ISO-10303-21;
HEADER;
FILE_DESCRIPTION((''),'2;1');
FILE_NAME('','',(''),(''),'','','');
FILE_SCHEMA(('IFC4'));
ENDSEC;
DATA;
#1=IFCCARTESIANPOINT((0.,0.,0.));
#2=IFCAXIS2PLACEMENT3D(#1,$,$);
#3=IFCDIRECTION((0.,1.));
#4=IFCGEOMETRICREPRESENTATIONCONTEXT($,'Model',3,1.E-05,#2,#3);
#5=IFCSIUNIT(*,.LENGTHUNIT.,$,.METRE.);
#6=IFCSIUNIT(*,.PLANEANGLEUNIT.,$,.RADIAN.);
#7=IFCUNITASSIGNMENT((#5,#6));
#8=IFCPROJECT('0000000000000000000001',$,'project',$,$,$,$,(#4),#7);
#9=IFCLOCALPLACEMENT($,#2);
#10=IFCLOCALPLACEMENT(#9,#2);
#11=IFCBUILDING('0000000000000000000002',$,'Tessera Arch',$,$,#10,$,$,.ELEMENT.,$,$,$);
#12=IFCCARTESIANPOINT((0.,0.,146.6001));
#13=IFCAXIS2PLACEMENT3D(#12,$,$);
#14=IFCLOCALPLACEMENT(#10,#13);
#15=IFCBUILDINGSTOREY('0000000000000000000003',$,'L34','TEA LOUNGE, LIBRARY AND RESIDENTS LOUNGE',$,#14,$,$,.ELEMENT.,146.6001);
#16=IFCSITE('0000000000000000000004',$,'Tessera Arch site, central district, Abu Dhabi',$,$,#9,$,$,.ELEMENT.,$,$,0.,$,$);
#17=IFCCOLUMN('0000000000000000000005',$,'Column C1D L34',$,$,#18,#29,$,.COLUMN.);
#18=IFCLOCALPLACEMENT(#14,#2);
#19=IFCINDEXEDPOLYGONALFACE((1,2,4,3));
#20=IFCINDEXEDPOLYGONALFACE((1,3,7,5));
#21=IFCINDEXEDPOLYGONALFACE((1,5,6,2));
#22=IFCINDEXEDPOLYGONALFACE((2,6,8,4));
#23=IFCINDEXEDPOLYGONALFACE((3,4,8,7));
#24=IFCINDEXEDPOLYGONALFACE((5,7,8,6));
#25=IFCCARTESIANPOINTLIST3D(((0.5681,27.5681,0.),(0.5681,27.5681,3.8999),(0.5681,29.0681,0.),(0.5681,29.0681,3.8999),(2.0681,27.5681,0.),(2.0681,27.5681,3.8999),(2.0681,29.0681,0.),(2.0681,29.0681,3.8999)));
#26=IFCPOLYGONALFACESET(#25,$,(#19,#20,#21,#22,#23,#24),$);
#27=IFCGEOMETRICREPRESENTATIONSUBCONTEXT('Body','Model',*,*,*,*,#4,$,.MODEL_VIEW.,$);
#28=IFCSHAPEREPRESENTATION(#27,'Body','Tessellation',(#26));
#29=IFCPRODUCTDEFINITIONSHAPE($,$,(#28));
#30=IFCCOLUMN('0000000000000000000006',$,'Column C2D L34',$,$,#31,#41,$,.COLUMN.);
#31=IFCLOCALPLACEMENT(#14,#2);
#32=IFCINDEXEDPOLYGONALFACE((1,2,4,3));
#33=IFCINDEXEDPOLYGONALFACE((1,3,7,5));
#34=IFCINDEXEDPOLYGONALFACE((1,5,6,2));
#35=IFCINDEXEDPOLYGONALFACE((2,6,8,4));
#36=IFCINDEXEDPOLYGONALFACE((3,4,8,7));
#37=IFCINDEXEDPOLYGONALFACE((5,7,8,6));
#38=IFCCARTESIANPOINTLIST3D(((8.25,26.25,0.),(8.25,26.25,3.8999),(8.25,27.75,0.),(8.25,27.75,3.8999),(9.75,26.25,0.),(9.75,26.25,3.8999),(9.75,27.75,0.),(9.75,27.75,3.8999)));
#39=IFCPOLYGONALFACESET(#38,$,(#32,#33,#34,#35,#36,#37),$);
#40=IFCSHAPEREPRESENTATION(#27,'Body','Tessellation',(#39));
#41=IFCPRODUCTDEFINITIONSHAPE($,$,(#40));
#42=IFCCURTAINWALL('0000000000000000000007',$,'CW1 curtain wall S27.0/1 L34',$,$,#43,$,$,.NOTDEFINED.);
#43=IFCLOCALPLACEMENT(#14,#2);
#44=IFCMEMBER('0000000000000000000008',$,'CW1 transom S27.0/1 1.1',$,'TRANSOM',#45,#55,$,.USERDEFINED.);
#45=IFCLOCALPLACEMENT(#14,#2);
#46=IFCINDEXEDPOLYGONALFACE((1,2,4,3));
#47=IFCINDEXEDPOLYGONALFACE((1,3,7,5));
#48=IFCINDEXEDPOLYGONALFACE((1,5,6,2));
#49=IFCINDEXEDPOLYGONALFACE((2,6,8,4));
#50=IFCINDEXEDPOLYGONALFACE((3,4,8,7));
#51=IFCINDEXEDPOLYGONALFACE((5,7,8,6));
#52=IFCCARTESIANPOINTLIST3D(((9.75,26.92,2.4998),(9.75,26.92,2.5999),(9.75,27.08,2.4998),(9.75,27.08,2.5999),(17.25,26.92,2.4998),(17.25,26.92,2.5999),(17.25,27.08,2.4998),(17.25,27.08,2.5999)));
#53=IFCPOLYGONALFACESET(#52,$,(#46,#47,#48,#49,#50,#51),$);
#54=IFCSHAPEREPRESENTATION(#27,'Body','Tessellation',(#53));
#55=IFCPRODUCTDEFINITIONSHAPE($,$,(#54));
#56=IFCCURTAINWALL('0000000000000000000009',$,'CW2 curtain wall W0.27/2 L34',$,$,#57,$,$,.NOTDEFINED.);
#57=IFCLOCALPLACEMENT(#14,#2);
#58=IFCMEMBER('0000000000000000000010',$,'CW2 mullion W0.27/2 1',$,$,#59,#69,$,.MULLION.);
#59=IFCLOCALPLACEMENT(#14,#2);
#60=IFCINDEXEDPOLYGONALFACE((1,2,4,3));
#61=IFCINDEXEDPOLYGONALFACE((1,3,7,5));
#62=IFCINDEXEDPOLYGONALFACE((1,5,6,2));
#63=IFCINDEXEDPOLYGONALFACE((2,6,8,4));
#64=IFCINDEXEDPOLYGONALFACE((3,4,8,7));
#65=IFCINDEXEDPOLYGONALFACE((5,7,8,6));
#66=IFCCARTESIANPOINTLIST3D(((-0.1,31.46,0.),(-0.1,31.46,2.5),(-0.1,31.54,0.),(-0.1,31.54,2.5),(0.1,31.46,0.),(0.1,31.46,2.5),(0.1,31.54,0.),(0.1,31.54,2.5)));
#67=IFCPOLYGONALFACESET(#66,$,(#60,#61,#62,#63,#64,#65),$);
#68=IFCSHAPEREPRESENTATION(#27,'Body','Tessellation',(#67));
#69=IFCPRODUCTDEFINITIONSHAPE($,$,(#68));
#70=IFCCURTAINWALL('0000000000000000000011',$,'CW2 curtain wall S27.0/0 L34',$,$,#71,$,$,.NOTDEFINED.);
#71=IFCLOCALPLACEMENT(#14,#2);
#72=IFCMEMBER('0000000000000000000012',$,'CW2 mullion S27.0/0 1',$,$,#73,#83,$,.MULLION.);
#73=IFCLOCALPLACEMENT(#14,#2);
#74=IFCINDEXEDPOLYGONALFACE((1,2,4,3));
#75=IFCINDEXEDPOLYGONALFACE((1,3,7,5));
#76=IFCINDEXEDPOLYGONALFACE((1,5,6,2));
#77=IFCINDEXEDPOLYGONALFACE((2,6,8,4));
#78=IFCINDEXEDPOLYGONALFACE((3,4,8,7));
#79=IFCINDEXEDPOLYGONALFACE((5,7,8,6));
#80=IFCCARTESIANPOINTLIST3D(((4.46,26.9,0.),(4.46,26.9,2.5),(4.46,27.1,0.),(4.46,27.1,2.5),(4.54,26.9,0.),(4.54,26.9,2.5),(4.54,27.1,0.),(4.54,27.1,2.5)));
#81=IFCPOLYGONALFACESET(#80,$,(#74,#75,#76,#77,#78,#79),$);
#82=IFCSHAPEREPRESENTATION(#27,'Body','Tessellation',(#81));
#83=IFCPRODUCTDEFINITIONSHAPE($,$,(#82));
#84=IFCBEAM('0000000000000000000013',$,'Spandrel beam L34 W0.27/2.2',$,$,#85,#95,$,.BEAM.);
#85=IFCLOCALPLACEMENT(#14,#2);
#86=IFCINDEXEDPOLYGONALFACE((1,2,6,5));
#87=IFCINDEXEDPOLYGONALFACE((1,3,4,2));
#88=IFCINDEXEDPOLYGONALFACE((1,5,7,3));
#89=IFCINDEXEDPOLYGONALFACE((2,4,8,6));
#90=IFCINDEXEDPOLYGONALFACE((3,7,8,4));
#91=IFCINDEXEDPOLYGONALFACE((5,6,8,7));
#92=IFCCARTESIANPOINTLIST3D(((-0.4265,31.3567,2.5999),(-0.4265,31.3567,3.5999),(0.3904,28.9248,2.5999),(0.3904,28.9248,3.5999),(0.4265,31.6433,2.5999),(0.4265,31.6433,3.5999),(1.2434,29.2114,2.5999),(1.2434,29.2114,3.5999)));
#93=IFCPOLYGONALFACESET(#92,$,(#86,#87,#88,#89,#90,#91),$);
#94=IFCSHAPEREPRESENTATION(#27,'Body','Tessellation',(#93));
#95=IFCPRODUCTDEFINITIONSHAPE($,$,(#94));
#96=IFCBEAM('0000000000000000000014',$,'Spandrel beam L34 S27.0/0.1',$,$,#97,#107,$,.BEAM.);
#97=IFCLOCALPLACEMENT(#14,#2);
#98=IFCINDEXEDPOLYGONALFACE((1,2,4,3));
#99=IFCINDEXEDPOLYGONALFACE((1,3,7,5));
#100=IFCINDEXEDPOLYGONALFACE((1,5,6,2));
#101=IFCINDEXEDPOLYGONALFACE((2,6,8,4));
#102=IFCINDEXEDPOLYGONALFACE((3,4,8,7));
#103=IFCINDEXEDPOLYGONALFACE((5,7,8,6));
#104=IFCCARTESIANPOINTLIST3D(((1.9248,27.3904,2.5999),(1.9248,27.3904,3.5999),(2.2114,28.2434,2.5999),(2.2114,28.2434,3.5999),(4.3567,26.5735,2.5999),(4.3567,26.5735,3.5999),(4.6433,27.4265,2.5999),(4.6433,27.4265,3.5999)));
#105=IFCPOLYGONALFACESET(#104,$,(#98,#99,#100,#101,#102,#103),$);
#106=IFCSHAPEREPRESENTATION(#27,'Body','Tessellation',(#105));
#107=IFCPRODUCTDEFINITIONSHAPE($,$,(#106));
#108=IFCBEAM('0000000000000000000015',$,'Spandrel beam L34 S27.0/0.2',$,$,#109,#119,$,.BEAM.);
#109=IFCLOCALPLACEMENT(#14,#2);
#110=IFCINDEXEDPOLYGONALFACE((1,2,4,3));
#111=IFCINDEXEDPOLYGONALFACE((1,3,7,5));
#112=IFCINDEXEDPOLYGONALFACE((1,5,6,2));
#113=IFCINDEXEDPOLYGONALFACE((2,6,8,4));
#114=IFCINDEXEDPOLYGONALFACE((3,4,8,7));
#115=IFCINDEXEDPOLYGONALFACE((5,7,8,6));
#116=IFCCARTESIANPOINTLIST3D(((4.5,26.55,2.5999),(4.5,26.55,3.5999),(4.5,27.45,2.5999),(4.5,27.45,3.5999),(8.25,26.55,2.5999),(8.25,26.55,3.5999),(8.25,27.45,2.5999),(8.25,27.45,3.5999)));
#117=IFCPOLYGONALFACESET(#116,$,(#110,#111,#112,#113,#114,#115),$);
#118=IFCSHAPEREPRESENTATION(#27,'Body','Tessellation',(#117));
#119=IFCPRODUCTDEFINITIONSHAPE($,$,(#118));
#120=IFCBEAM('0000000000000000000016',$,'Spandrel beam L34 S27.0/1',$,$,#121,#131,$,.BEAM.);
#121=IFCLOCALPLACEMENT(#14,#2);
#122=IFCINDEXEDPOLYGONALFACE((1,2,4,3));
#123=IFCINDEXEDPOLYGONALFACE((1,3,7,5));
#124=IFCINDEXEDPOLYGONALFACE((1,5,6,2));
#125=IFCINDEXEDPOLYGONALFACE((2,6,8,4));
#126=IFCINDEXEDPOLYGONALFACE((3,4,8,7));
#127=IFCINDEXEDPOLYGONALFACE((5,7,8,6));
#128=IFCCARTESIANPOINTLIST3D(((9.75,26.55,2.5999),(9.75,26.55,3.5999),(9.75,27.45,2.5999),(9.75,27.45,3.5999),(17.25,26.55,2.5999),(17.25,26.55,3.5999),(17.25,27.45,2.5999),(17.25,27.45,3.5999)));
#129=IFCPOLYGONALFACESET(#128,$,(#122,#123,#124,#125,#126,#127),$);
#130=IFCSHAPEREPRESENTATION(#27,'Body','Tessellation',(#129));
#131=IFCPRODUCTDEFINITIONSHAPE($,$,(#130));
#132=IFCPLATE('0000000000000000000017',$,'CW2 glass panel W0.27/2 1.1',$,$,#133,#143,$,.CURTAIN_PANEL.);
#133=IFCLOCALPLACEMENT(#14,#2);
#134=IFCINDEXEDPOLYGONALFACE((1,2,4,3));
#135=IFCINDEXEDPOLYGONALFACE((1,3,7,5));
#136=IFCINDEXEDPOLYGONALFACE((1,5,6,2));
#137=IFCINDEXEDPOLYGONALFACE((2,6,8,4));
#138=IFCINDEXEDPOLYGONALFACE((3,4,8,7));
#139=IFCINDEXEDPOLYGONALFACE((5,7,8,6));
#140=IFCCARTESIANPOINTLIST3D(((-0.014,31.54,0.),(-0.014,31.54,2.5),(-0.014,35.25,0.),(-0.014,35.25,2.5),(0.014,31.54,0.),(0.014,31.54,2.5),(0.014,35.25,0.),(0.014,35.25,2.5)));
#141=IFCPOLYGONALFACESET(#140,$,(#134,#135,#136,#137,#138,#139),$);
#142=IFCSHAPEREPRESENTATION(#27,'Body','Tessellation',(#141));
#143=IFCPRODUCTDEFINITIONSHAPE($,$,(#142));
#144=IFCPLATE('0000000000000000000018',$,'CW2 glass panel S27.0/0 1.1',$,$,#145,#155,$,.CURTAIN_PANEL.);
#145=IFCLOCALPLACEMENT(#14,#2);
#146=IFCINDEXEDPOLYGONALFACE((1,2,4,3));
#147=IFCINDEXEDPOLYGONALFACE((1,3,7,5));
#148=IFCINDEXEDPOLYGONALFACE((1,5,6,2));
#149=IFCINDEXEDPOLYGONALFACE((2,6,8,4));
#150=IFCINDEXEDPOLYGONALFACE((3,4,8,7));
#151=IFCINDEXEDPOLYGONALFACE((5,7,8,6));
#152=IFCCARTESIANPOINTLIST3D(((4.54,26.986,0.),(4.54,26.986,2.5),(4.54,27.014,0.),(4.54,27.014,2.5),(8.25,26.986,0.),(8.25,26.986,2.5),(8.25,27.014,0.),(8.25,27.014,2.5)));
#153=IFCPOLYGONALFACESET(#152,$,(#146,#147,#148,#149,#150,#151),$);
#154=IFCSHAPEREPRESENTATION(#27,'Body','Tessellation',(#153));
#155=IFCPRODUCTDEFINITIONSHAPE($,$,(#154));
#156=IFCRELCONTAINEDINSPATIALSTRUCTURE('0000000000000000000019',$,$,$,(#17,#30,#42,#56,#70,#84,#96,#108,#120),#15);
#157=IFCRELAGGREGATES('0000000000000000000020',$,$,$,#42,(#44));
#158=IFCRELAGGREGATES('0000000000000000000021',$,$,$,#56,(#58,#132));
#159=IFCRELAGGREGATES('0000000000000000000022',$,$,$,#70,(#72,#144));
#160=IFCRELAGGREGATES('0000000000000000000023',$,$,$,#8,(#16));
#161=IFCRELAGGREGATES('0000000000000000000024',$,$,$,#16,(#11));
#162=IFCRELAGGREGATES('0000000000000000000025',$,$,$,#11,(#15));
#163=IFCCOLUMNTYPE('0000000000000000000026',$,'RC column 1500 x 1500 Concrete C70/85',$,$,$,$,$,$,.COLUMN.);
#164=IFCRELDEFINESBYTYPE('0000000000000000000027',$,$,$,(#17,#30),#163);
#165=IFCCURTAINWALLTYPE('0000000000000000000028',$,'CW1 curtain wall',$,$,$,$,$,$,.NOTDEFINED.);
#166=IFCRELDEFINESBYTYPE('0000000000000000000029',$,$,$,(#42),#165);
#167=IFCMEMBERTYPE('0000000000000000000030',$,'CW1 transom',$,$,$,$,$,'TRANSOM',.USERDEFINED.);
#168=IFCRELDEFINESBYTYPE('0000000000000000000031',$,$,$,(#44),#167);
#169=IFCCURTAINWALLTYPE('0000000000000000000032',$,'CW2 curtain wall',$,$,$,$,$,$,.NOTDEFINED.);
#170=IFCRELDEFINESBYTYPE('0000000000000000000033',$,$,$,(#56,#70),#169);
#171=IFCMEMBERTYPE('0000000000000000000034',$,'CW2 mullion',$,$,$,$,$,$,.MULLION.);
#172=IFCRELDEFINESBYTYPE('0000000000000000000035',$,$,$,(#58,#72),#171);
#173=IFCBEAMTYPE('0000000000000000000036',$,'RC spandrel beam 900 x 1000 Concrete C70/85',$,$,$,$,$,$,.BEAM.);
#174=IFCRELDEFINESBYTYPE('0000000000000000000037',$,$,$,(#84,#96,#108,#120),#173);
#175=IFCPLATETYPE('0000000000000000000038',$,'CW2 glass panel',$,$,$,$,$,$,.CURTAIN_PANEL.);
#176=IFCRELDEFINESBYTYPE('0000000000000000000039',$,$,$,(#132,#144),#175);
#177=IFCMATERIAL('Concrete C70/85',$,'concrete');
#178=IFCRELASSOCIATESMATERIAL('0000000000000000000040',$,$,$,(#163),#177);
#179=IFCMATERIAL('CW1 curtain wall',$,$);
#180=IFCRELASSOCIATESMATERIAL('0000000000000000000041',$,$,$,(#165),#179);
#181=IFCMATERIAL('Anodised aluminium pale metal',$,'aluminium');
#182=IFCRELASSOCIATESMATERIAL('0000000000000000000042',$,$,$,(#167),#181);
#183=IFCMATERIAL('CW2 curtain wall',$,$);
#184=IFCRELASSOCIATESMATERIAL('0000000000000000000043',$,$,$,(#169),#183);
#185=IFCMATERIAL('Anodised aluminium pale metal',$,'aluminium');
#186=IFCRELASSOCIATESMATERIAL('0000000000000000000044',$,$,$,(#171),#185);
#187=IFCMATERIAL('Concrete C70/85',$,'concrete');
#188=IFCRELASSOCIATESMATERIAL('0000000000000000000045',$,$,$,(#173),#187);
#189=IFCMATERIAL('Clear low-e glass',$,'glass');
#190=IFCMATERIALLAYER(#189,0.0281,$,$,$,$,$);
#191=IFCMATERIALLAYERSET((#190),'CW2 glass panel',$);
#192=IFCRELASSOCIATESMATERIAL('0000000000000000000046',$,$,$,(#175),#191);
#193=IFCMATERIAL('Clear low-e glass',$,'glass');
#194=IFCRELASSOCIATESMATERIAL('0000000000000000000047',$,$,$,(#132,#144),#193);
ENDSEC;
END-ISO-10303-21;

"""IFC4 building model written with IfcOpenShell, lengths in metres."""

from ifc_helpers import new_model, si_unit, direction, frame, origin, origin_2d, place, context, subcontext, project, spatial, rectangle, extrude, material, layer, layer_set, material_profile, profile_set, type_object, element, aggregate, save


model = new_model("IFC4")

# Units and contexts
model_context = context("Model", 3, precision=1e-05, world=origin(), true_north=direction((0.0, 1.0)))
body_context = subcontext(model_context, "Body", "Model", "MODEL_VIEW")
ifc_project = project(units=[si_unit("LENGTHUNIT", "METRE"), si_unit("PLANEANGLEUNIT", "RADIAN")], contexts=[model_context])

# Site, building, storey
site_placement = place(None, origin())
site = spatial("IfcSite", under=ifc_project, at=site_placement, Name="Tessera Arch site, central district, Abu Dhabi", CompositionType="ELEMENT", RefElevation=0.0)
building_placement = place(site_placement, origin())
building = spatial("IfcBuilding", under=site, at=building_placement, Name="Tessera Arch", CompositionType="ELEMENT")
storey_placement = place(building_placement, frame((0.0, 0.0, 146.6001)))
storey = spatial("IfcBuildingStorey", under=building, at=storey_placement, Name="L34", Description="TEA LOUNGE, LIBRARY AND RESIDENTS LOUNGE", CompositionType="ELEMENT", Elevation=146.6001)

# Columns
ifc_material_1 = material(Name="Concrete C70/85", Category="concrete")
ifc_material_profile_1 = material_profile(ifc_material_1, rectangle(XDim=1.5, YDim=1.5, at=origin_2d()), Name="RC column 1500 x 1500 Concrete C70/85")
ifc_profile_set_1 = profile_set([ifc_material_profile_1], Name="Concrete C70/85")
column_type = type_object("IfcColumnType", Name="RC column 1500 x 1500 Concrete C70/85", PredefinedType="COLUMN", material=ifc_profile_set_1)
for number, where, z_axis, x_axis, name in (
    (1, (1.3181, 28.3181, 0.0), (0.0, 0.0, 1.0), (1.0, 0.0, 0.0), "Column C1D L34"),
    (2, (9.0, 27.0, 0.0), (0.0, 0.0, 1.0), (1.0, 0.0, 0.0), "Column C2D L34"),
):
    element("IfcColumn", number, at=place(storey_placement, frame(where, z_axis=z_axis, x_axis=x_axis)), inside=storey, type_object=column_type, Name=name, PredefinedType="COLUMN", context=body_context, shape_type="SweptSolid", body=[
        extrude(rectangle(XDim=1.5, YDim=1.5, at=origin_2d()), origin(), (0.0, 0.0, 1.0), 3.8999),
    ])

# Curtain walls, members
ifc_material_2 = material(Name="CW1 curtain wall")
curtain_wall_type_1 = type_object("IfcCurtainWallType", Name="CW1 curtain wall", PredefinedType="NOTDEFINED", material=ifc_material_2)
curtain_wall_1_placement = place(storey_placement, origin())
curtain_wall_1 = element("IfcCurtainWall", 3, at=curtain_wall_1_placement, inside=storey, type_object=curtain_wall_type_1, Name="CW1 curtain wall S27.0/1 L34", PredefinedType="NOTDEFINED")
ifc_material_3 = material(Name="Anodised aluminium pale metal", Category="aluminium")
ifc_material_profile_2 = material_profile(ifc_material_3, rectangle(XDim=0.1599, YDim=0.1001, at=origin_2d()), Name="AL 160x100")
ifc_profile_set_2 = profile_set([ifc_material_profile_2], Name="Anodised aluminium pale metal")
member_type_1 = type_object("IfcMemberType", Name="CW1 transom", ElementType="TRANSOM", PredefinedType="USERDEFINED", material=ifc_profile_set_2)
member_1_placement = place(storey_placement, frame((9.75, 27.0, 2.5498), z_axis=(1.0, 0.0, 0.0), x_axis=(0.0, 1.0, 0.0)))
member_1 = element("IfcMember", 4, at=member_1_placement, type_object=member_type_1, Name="CW1 transom S27.0/1 1.1", ObjectType="TRANSOM", PredefinedType="USERDEFINED", context=body_context, shape_type="SweptSolid", body=[
    extrude(rectangle(XDim=0.1599, YDim=0.1001, at=origin_2d()), origin(), (0.0, 0.0, 1.0), 7.5),
])
aggregate(curtain_wall_1, [member_1])
ifc_material_4 = material(Name="CW2 curtain wall")
curtain_wall_type_2 = type_object("IfcCurtainWallType", Name="CW2 curtain wall", PredefinedType="NOTDEFINED", material=ifc_material_4)
curtain_wall_2_placement = place(storey_placement, origin())
curtain_wall_2 = element("IfcCurtainWall", 5, at=curtain_wall_2_placement, inside=storey, type_object=curtain_wall_type_2, Name="CW2 curtain wall W0.27/2 L34", PredefinedType="NOTDEFINED")
ifc_material_5 = material(Name="Anodised aluminium pale metal", Category="aluminium")
ifc_material_profile_3 = material_profile(ifc_material_5, rectangle(XDim=0.2, YDim=0.0801, at=origin_2d()), Name="AL 80x200")
ifc_profile_set_3 = profile_set([ifc_material_profile_3], Name="Anodised aluminium pale metal")
member_type_2 = type_object("IfcMemberType", Name="CW2 mullion", PredefinedType="MULLION", material=ifc_profile_set_3)
member_2_placement = place(storey_placement, frame((0.0, 31.5, 0.0), z_axis=(0.0, 0.0, 1.0), x_axis=(1.0, 0.0, 0.0)))
member_2 = element("IfcMember", 6, at=member_2_placement, type_object=member_type_2, Name="CW2 mullion W0.27/2 1", PredefinedType="MULLION", context=body_context, shape_type="SweptSolid", body=[
    extrude(rectangle(XDim=0.2, YDim=0.0801, at=origin_2d()), origin(), (0.0, 0.0, 1.0), 2.5),
])
curtain_wall_3_placement = place(storey_placement, origin())
curtain_wall_3 = element("IfcCurtainWall", 7, at=curtain_wall_3_placement, inside=storey, type_object=curtain_wall_type_2, Name="CW2 curtain wall S27.0/0 L34", PredefinedType="NOTDEFINED")
member_3_placement = place(storey_placement, frame((4.5, 27.0, 0.0), z_axis=(0.0, 0.0, 1.0), x_axis=(0.0, 1.0, 0.0)))
member_3 = element("IfcMember", 8, at=member_3_placement, type_object=member_type_2, Name="CW2 mullion S27.0/0 1", PredefinedType="MULLION", context=body_context, shape_type="SweptSolid", body=[
    extrude(rectangle(XDim=0.2, YDim=0.0801, at=origin_2d()), origin(), (0.0, 0.0, 1.0), 2.5),
])

# Beams
ifc_material_6 = material(Name="Concrete C70/85", Category="concrete")
ifc_material_profile_4 = material_profile(ifc_material_6, rectangle(XDim=0.8999, YDim=1.0, at=origin_2d()), Name="RC spandrel beam 900 x 1000 Concrete C70/85")
ifc_profile_set_4 = profile_set([ifc_material_profile_4], Name="Concrete C70/85")
beam_type = type_object("IfcBeamType", Name="RC spandrel beam 900 x 1000 Concrete C70/85", PredefinedType="BEAM", material=ifc_profile_set_4)
for number, where, z_axis, x_axis, name in (
    (9, (0.0, 31.5, 3.0999), (0.318425, -0.947948, 0.0), (0.947948, 0.318425, 0.0), "Spandrel beam L34 W0.27/2.2"),
    (10, (2.0681, 27.8169, 3.0999), (0.947948, -0.318425, 0.0), (0.318425, 0.947948, 0.0), "Spandrel beam L34 S27.0/0.1"),
):
    element("IfcBeam", number, at=place(storey_placement, frame(where, z_axis=z_axis, x_axis=x_axis)), inside=storey, type_object=beam_type, Name=name, PredefinedType="BEAM", context=body_context, shape_type="SweptSolid", body=[
        extrude(rectangle(XDim=0.8999, YDim=1.0, at=origin_2d()), origin(), (0.0, 0.0, 1.0), 2.5654),
    ])
beam_1_placement = place(storey_placement, frame((4.5, 27.0, 3.0999), z_axis=(1.0, 0.0, 0.0), x_axis=(0.0, 1.0, 0.0)))
element("IfcBeam", 11, at=beam_1_placement, inside=storey, type_object=beam_type, Name="Spandrel beam L34 S27.0/0.2", PredefinedType="BEAM", context=body_context, shape_type="SweptSolid", body=[
    extrude(rectangle(XDim=0.8999, YDim=1.0, at=origin_2d()), origin(), (0.0, 0.0, 1.0), 3.75),
])
beam_2_placement = place(storey_placement, frame((9.75, 27.0, 3.0999), z_axis=(1.0, 0.0, 0.0), x_axis=(0.0, 1.0, 0.0)))
element("IfcBeam", 12, at=beam_2_placement, inside=storey, type_object=beam_type, Name="Spandrel beam L34 S27.0/1", PredefinedType="BEAM", context=body_context, shape_type="SweptSolid", body=[
    extrude(rectangle(XDim=0.8999, YDim=1.0, at=origin_2d()), origin(), (0.0, 0.0, 1.0), 7.5),
])

# Plates
ifc_material_7 = material(Name="Clear low-e glass", Category="glass")
ifc_material_8 = material(Name="Clear low-e glass", Category="glass")
ifc_layer_1 = layer(ifc_material_8, 0.0281)
ifc_layer_set_1 = layer_set([ifc_layer_1], Name="CW2 glass panel")
plate_type = type_object("IfcPlateType", Name="CW2 glass panel", PredefinedType="CURTAIN_PANEL", material=ifc_layer_set_1)
plate_1_placement = place(storey_placement, frame((0.0, 33.395, 0.0), z_axis=(0.0, 0.0, 1.0), x_axis=(0.0, -1.0, 0.0)))
plate_1 = element("IfcPlate", 13, at=plate_1_placement, type_object=plate_type, material=ifc_material_7, Name="CW2 glass panel W0.27/2 1.1", PredefinedType="CURTAIN_PANEL", context=body_context, shape_type="SweptSolid", body=[
    extrude(rectangle(XDim=3.71, YDim=0.0281, at=origin_2d()), origin(), (0.0, 0.0, 1.0), 2.5),
])
aggregate(curtain_wall_2, [member_2, plate_1])
plate_2_placement = place(storey_placement, frame((6.395, 27.0, 0.0), z_axis=(0.0, 0.0, 1.0), x_axis=(1.0, 0.0, 0.0)))
plate_2 = element("IfcPlate", 14, at=plate_2_placement, type_object=plate_type, material=ifc_material_7, Name="CW2 glass panel S27.0/0 1.1", PredefinedType="CURTAIN_PANEL", context=body_context, shape_type="SweptSolid", body=[
    extrude(rectangle(XDim=3.71, YDim=0.0281, at=origin_2d()), origin(), (0.0, 0.0, 1.0), 2.5),
])
aggregate(curtain_wall_3, [member_3, plate_2])

save(model, "model.ifc")
